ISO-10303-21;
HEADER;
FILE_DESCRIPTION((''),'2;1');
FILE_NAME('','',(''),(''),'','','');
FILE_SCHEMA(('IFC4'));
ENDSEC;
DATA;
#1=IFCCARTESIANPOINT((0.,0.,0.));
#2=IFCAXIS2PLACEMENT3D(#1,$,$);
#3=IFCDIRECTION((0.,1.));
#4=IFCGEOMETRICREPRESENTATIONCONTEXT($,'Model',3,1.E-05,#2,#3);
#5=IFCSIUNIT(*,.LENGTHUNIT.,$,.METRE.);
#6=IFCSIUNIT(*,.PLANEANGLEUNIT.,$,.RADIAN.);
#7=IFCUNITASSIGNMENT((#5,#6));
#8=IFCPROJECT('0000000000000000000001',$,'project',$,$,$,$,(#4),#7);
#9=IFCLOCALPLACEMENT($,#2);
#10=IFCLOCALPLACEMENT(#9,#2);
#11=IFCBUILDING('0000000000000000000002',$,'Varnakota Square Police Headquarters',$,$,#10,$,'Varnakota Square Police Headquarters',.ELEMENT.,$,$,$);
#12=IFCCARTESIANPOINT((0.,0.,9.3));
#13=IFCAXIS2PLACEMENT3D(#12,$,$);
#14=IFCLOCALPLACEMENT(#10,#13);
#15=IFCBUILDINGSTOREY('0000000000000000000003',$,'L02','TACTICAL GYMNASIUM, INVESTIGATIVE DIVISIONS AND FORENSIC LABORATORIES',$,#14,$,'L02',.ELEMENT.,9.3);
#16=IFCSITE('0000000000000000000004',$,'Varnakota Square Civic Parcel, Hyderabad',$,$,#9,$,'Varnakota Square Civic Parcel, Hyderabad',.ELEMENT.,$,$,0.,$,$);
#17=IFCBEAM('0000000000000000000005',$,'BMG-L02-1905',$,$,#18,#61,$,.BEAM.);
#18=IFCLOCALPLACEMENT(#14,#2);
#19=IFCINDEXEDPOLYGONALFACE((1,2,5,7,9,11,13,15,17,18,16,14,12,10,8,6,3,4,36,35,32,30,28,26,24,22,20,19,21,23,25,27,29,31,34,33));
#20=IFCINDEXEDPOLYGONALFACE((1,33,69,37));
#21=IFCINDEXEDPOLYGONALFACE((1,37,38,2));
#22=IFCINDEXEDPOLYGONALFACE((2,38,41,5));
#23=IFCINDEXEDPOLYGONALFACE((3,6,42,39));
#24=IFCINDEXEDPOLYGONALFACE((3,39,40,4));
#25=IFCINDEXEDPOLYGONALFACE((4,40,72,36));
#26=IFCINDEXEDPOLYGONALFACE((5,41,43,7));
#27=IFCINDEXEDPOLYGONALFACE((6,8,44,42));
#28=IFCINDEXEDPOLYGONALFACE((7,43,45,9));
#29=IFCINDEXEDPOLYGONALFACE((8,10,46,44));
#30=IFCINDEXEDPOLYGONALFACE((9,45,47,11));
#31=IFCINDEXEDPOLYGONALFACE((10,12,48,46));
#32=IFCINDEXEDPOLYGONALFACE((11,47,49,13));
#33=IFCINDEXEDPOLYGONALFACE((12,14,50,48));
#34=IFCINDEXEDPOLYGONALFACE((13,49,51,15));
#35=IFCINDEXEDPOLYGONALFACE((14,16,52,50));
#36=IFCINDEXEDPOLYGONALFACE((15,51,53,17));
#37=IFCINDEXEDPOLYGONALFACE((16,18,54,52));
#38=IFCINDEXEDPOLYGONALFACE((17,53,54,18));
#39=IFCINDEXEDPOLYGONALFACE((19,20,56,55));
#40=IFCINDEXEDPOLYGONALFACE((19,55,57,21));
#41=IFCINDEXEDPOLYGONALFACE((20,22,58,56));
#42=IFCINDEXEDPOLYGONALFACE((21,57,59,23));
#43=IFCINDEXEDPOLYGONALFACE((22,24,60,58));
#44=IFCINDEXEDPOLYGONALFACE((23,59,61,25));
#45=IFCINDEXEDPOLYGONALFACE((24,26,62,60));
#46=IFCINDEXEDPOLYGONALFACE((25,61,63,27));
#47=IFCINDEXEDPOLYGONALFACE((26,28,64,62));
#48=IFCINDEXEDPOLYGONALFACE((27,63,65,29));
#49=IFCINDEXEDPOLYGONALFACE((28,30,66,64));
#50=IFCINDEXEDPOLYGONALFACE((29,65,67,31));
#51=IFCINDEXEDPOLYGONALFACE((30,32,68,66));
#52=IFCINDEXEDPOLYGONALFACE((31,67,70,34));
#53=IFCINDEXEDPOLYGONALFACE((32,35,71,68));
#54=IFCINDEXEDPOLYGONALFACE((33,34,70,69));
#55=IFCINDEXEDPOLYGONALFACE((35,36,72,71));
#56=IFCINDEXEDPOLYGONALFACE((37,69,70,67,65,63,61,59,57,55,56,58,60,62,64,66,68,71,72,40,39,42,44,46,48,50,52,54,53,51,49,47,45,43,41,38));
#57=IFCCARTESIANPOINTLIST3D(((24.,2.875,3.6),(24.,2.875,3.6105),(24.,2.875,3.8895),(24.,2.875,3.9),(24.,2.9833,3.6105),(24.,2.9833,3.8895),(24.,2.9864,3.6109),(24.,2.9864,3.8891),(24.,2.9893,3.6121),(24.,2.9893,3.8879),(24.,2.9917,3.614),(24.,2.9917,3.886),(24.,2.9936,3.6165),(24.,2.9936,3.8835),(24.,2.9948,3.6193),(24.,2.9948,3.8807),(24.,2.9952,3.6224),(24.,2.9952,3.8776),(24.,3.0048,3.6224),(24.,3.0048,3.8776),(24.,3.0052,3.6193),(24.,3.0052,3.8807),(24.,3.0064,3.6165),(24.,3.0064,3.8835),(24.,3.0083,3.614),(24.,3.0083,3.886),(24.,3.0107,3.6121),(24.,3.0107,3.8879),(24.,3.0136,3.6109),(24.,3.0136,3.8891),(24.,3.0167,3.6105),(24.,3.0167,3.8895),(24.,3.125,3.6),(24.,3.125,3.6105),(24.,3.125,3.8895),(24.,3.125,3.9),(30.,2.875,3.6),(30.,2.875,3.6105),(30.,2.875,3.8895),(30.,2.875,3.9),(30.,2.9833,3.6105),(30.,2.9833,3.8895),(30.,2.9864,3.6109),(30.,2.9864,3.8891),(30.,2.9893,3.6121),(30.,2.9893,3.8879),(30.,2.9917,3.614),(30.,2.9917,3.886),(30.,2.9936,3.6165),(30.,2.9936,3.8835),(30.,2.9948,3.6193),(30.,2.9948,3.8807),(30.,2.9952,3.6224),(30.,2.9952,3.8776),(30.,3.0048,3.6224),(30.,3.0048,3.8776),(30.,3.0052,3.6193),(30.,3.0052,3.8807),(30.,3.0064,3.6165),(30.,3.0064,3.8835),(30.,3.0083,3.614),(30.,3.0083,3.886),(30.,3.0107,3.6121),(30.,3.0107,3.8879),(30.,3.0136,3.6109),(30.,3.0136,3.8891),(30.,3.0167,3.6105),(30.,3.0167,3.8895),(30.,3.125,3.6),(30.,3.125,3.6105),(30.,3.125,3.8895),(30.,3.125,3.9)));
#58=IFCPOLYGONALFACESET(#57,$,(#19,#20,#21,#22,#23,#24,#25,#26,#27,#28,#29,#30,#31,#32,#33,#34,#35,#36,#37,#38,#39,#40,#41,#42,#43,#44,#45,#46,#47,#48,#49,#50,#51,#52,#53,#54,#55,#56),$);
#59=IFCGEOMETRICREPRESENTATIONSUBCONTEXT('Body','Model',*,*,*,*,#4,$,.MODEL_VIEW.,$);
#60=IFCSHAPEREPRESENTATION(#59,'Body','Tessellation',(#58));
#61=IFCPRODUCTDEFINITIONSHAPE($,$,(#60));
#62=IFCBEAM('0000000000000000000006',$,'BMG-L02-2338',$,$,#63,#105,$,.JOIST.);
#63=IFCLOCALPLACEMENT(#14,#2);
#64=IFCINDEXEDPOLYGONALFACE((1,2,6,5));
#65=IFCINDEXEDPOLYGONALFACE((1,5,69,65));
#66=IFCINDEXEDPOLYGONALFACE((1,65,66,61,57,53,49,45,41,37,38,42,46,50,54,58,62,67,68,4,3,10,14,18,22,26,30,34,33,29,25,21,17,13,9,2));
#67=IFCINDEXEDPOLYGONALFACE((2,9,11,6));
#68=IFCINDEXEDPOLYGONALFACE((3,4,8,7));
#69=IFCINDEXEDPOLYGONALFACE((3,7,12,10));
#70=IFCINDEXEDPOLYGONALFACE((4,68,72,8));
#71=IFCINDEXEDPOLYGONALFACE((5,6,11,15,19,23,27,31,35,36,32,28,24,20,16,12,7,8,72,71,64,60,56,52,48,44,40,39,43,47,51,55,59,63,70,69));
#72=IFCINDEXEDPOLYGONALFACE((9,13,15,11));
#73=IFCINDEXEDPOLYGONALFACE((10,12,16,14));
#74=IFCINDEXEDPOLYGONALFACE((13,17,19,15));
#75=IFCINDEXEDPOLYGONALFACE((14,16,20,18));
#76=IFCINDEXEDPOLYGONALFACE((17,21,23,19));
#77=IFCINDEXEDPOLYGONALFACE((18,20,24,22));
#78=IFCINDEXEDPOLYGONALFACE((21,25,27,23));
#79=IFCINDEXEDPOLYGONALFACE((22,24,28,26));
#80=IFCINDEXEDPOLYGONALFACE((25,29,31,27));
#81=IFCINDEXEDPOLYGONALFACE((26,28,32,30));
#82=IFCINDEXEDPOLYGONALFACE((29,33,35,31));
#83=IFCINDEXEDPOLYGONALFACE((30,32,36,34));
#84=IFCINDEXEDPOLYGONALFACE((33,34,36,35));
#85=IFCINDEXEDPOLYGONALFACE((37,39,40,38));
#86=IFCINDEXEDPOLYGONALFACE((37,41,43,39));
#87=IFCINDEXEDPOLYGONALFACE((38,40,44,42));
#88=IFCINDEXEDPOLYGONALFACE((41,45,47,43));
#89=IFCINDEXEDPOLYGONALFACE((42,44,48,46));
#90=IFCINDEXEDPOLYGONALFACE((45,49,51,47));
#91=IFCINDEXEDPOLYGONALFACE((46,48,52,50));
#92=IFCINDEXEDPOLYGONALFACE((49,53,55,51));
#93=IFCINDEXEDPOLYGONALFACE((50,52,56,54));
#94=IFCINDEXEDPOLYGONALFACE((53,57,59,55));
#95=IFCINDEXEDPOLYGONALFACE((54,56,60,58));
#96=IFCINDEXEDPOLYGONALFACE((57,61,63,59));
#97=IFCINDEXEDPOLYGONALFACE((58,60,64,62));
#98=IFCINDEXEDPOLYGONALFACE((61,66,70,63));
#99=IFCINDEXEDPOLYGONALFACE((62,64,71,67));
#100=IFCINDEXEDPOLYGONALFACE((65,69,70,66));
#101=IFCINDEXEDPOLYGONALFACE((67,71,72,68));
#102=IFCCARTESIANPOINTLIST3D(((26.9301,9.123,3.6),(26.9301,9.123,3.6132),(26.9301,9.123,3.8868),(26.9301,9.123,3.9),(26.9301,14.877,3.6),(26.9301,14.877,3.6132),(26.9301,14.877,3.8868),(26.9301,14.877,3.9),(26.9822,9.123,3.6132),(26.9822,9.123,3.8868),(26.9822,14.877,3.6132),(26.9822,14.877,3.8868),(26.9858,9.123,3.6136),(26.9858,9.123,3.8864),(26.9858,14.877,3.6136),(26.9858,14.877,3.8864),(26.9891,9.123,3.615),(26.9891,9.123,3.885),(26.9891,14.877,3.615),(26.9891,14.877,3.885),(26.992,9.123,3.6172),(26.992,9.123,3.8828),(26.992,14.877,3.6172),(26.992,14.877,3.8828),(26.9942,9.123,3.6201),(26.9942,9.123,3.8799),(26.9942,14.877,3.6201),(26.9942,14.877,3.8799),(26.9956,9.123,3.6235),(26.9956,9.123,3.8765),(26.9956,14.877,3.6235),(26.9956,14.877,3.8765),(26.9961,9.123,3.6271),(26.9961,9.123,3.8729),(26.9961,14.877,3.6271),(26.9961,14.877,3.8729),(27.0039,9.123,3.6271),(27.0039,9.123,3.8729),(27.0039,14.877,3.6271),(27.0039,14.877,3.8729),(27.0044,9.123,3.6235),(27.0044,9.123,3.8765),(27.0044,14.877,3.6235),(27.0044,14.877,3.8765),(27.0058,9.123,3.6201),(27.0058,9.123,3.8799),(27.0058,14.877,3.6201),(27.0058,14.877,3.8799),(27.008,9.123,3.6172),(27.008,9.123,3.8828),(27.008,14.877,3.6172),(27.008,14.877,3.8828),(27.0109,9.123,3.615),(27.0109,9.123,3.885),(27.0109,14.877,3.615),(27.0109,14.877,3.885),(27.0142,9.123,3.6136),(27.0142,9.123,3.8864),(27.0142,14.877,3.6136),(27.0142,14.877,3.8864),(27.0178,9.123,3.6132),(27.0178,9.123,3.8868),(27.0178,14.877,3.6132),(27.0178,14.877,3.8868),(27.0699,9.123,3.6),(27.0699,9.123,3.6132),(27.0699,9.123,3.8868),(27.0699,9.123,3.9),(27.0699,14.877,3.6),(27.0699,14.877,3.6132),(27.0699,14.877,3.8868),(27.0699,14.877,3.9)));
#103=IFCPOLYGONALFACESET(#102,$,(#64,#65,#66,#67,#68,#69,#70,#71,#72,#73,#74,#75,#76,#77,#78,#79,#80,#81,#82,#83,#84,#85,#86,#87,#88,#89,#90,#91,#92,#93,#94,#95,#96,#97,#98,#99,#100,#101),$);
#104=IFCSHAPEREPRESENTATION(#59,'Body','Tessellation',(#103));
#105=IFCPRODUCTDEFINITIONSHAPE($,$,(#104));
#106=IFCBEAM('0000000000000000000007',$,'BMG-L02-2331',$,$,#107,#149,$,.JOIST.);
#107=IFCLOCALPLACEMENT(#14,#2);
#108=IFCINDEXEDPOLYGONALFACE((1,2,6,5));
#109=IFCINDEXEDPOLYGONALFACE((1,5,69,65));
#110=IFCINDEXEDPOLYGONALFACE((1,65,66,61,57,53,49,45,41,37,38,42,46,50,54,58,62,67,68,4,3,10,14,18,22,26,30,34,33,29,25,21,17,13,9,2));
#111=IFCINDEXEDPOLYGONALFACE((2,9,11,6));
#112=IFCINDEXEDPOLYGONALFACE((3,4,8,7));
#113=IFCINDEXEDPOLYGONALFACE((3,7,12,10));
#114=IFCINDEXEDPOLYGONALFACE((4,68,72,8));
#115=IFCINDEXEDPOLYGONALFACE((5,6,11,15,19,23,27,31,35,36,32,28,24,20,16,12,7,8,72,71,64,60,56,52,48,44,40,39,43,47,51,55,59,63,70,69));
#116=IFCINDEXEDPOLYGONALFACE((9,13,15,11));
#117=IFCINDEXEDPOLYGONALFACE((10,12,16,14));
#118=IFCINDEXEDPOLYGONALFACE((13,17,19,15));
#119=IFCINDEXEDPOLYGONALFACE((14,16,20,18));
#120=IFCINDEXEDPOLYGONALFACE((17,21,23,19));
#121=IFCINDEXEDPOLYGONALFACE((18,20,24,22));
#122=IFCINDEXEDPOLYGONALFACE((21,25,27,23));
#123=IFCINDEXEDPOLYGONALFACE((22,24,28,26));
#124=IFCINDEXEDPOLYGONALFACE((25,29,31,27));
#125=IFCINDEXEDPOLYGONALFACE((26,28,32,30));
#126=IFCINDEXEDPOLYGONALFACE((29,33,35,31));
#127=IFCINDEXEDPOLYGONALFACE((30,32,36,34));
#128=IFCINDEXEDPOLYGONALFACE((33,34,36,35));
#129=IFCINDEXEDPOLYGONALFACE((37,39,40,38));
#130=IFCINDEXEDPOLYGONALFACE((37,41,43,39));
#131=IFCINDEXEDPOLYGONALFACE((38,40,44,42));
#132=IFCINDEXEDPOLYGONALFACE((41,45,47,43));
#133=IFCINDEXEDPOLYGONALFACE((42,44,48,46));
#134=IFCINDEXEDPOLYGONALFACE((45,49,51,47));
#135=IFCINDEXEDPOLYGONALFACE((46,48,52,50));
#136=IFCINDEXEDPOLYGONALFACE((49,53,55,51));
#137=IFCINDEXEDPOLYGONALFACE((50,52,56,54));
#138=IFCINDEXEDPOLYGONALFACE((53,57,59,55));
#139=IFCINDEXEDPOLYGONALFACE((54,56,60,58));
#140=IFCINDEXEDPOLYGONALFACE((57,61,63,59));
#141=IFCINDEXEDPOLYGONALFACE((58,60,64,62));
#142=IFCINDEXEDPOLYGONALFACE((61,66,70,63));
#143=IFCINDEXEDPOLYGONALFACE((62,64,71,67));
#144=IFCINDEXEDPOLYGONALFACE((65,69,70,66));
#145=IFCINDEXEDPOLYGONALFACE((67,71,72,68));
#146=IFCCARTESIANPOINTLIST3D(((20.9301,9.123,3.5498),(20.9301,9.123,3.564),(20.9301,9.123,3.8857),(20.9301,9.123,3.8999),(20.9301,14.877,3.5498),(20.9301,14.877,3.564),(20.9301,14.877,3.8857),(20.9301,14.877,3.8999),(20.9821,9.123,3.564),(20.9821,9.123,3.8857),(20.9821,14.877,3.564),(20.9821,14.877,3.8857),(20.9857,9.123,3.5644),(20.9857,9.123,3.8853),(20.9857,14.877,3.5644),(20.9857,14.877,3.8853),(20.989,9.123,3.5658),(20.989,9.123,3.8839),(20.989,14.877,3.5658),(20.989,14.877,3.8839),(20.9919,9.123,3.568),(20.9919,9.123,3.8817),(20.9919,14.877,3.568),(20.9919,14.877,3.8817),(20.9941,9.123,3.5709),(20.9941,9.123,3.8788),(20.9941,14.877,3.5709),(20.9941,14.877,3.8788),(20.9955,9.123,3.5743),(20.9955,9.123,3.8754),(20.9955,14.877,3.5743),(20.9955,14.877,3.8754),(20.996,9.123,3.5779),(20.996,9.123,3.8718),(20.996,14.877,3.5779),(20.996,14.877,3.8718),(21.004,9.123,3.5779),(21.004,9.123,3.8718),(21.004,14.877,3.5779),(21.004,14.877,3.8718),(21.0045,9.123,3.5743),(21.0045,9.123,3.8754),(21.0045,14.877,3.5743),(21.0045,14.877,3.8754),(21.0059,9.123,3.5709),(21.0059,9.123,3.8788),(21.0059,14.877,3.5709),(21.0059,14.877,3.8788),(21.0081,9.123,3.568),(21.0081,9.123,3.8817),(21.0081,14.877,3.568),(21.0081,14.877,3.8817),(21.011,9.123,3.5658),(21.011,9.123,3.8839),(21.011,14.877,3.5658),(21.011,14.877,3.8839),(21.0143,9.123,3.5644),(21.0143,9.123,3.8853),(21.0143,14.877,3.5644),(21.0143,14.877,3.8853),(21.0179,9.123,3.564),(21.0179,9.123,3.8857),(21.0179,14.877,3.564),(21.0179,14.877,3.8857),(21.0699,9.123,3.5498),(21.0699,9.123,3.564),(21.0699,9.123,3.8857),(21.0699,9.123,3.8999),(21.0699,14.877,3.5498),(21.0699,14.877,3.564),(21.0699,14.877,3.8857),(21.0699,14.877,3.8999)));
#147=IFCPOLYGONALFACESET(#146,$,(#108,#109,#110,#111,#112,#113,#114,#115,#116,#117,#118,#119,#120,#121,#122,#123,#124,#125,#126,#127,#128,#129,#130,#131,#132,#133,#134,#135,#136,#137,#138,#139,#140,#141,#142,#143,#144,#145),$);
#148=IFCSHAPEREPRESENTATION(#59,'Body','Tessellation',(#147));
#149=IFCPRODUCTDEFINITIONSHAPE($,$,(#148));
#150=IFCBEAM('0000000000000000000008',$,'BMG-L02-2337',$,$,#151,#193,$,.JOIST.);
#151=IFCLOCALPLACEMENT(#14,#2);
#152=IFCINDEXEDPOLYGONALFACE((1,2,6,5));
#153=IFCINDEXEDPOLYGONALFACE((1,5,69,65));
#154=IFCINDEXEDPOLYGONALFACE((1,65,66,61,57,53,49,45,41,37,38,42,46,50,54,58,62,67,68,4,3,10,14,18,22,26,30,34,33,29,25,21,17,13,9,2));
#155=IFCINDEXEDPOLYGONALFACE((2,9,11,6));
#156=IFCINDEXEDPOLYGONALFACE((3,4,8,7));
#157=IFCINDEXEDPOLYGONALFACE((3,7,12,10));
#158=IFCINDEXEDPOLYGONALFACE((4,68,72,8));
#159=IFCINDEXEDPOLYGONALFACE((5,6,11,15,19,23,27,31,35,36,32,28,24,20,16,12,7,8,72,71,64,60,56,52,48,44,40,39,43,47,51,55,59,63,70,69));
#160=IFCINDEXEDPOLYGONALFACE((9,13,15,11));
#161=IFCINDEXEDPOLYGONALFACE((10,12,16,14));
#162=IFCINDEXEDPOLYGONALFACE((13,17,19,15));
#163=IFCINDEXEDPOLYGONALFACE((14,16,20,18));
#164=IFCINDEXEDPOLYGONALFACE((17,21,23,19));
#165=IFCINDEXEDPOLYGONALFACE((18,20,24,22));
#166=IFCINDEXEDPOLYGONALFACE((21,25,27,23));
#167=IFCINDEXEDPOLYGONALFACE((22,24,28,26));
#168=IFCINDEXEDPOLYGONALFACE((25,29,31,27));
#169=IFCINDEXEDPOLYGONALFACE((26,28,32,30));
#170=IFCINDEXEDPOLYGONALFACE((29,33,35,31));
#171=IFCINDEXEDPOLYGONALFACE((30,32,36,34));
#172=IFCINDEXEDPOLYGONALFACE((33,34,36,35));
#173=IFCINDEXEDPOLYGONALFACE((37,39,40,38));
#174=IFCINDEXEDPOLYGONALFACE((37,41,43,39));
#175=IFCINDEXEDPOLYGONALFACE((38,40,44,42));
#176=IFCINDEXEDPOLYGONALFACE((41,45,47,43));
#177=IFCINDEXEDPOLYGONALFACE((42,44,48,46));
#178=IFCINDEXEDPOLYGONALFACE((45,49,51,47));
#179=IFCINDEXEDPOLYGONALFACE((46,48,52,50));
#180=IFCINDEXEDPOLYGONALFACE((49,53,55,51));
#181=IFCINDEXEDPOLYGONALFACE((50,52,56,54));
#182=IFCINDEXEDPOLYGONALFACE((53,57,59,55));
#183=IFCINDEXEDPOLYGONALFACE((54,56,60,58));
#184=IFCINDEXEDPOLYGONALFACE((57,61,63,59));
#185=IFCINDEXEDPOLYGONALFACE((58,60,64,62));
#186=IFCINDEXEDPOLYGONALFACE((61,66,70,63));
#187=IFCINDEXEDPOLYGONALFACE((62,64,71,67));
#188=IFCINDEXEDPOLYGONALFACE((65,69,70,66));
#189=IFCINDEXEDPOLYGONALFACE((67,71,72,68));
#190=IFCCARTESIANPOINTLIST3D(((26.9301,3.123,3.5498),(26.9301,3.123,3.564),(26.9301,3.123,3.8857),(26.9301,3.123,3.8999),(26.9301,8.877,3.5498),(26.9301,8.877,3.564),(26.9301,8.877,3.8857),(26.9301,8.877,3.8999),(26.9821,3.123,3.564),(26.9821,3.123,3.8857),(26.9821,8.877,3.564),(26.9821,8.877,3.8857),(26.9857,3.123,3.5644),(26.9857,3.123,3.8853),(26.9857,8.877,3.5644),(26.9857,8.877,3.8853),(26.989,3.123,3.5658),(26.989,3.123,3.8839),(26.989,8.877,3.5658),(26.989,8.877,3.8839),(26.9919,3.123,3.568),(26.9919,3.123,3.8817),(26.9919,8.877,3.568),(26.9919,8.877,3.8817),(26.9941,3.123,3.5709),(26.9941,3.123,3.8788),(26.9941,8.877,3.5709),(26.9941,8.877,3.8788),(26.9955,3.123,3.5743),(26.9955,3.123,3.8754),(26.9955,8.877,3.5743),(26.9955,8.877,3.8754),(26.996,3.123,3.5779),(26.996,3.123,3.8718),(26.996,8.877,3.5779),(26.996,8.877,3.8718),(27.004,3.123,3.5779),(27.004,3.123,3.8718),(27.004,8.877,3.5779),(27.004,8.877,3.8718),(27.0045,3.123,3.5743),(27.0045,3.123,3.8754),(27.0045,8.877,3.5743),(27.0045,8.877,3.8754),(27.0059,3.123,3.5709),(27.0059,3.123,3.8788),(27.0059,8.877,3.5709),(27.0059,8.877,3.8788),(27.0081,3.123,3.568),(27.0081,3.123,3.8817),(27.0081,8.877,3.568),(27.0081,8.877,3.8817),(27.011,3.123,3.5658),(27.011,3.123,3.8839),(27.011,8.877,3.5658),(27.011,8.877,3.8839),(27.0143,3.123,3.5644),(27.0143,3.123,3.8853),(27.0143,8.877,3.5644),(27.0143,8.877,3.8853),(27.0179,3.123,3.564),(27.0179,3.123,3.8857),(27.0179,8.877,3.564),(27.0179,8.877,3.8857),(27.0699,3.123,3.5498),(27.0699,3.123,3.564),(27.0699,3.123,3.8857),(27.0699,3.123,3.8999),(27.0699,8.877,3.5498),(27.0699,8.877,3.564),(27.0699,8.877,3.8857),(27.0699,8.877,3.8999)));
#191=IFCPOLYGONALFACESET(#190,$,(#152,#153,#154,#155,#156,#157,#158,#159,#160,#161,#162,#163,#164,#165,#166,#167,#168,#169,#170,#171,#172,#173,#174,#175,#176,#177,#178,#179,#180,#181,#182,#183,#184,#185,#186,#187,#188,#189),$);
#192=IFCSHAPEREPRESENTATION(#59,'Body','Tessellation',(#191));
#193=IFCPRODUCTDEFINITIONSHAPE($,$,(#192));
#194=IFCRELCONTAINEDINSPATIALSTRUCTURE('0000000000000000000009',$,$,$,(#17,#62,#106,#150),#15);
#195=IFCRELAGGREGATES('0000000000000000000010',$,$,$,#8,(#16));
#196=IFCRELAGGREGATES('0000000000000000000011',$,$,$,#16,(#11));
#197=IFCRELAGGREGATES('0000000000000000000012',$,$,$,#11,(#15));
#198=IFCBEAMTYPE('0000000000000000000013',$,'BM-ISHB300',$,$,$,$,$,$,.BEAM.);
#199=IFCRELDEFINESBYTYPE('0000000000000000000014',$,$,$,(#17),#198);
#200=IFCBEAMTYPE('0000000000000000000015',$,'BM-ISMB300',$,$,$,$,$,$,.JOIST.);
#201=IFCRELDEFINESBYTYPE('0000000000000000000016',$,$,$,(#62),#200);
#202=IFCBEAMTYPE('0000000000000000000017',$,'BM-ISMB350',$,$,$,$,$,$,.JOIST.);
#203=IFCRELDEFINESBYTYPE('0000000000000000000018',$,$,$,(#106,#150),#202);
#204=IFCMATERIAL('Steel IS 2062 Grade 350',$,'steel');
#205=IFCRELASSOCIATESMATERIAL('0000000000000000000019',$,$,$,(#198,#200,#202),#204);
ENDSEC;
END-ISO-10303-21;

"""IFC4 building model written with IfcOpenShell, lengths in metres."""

from ifc_helpers import new_model, si_unit, direction, frame, origin, origin_2d, place, context, subcontext, project, spatial, i_section, extrude, material, material_profile, profile_set, type_object, element, save


model = new_model("IFC4")

# Units and contexts
model_context = context("Model", 3, precision=1e-05, world=origin(), true_north=direction((0.0, 1.0)))
body_context = subcontext(model_context, "Body", "Model", "MODEL_VIEW")
ifc_project = project(units=[si_unit("LENGTHUNIT", "METRE"), si_unit("PLANEANGLEUNIT", "RADIAN")], contexts=[model_context])

# Site, building, storey
site_placement = place(None, origin())
site = spatial("IfcSite", under=ifc_project, at=site_placement, Name="Varnakota Square Civic Parcel, Hyderabad", LongName="Varnakota Square Civic Parcel, Hyderabad", CompositionType="ELEMENT", RefElevation=0.0)
building_placement = place(site_placement, origin())
building = spatial("IfcBuilding", under=site, at=building_placement, Name="Varnakota Square Police Headquarters", LongName="Varnakota Square Police Headquarters", CompositionType="ELEMENT")
storey_placement = place(building_placement, frame((0.0, 0.0, 9.3)))
storey = spatial("IfcBuildingStorey", under=building, at=storey_placement, Name="L02", Description="TACTICAL GYMNASIUM, INVESTIGATIVE DIVISIONS AND FORENSIC LABORATORIES", LongName="L02", CompositionType="ELEMENT", Elevation=9.3)

# Shared definitions
ifc_material_1 = material(Name="Steel IS 2062 Grade 350", Category="steel")

# Beams
ifc_material_profile_1 = material_profile(ifc_material_1, i_section(OverallWidth=0.25, OverallDepth=0.3, WebThickness=0.0095, FlangeThickness=0.0105, FilletRadius=0.012, at=origin_2d()), Name="ISHB 300")
ifc_profile_set_1 = profile_set([ifc_material_profile_1], Name="Steel IS 2062 Grade 350")
beam_type_1 = type_object("IfcBeamType", Name="BM-ISHB300", PredefinedType="BEAM", material=ifc_profile_set_1)
beam_1_placement = place(storey_placement, frame((24.0, 3.0, 3.75), z_axis=(1.0, 0.0, 0.0), x_axis=(0.0, 1.0, 0.0)))
element("IfcBeam", 1, at=beam_1_placement, inside=storey, type_object=beam_type_1, Name="BMG-L02-1905", PredefinedType="BEAM", context=body_context, shape_type="SweptSolid", body=[
    extrude(i_section(OverallWidth=0.25, OverallDepth=0.3, WebThickness=0.0095, FlangeThickness=0.0105, FilletRadius=0.012, at=origin_2d()), origin(), (0.0, 0.0, 1.0), 6.0),
])
ifc_material_profile_2 = material_profile(ifc_material_1, i_section(OverallWidth=0.1399, OverallDepth=0.3, WebThickness=0.0078, FlangeThickness=0.0132, FilletRadius=0.0139, at=origin_2d()), Name="ISMB 300")
ifc_profile_set_2 = profile_set([ifc_material_profile_2], Name="Steel IS 2062 Grade 350")
beam_type_2 = type_object("IfcBeamType", Name="BM-ISMB300", PredefinedType="JOIST", material=ifc_profile_set_2)
beam_2_placement = place(storey_placement, frame((27.0, 9.123, 3.75), z_axis=(0.0, 1.0, 0.0), x_axis=(-1.0, 0.0, 0.0)))
element("IfcBeam", 2, at=beam_2_placement, inside=storey, type_object=beam_type_2, Name="BMG-L02-2338", PredefinedType="JOIST", context=body_context, shape_type="SweptSolid", body=[
    extrude(i_section(OverallWidth=0.1399, OverallDepth=0.3, WebThickness=0.0078, FlangeThickness=0.0132, FilletRadius=0.0139, at=origin_2d()), origin(), (0.0, 0.0, 1.0), 5.7539),
])
ifc_material_profile_3 = material_profile(ifc_material_1, i_section(OverallWidth=0.1399, OverallDepth=0.3501, WebThickness=0.0081, FlangeThickness=0.0142, FilletRadius=0.0139, at=origin_2d()), Name="ISMB 350")
ifc_profile_set_3 = profile_set([ifc_material_profile_3], Name="Steel IS 2062 Grade 350")
beam_type_3 = type_object("IfcBeamType", Name="BM-ISMB350", PredefinedType="JOIST", material=ifc_profile_set_3)
for number, where, z_axis, x_axis, name in (
    (3, (21.0, 9.123, 3.7249), (0.0, 1.0, 0.0), (-1.0, 0.0, 0.0), "BMG-L02-2331"),
    (4, (27.0, 3.123, 3.7249), (0.0, 1.0, 0.0), (-1.0, 0.0, 0.0), "BMG-L02-2337"),
):
    element("IfcBeam", number, at=place(storey_placement, frame(where, z_axis=z_axis, x_axis=x_axis)), inside=storey, type_object=beam_type_3, Name=name, PredefinedType="JOIST", context=body_context, shape_type="SweptSolid", body=[
        extrude(i_section(OverallWidth=0.1399, OverallDepth=0.3501, WebThickness=0.0081, FlangeThickness=0.0142, FilletRadius=0.0139, at=origin_2d()), origin(), (0.0, 0.0, 1.0), 5.7539),
    ])

save(model, "model.ifc")
